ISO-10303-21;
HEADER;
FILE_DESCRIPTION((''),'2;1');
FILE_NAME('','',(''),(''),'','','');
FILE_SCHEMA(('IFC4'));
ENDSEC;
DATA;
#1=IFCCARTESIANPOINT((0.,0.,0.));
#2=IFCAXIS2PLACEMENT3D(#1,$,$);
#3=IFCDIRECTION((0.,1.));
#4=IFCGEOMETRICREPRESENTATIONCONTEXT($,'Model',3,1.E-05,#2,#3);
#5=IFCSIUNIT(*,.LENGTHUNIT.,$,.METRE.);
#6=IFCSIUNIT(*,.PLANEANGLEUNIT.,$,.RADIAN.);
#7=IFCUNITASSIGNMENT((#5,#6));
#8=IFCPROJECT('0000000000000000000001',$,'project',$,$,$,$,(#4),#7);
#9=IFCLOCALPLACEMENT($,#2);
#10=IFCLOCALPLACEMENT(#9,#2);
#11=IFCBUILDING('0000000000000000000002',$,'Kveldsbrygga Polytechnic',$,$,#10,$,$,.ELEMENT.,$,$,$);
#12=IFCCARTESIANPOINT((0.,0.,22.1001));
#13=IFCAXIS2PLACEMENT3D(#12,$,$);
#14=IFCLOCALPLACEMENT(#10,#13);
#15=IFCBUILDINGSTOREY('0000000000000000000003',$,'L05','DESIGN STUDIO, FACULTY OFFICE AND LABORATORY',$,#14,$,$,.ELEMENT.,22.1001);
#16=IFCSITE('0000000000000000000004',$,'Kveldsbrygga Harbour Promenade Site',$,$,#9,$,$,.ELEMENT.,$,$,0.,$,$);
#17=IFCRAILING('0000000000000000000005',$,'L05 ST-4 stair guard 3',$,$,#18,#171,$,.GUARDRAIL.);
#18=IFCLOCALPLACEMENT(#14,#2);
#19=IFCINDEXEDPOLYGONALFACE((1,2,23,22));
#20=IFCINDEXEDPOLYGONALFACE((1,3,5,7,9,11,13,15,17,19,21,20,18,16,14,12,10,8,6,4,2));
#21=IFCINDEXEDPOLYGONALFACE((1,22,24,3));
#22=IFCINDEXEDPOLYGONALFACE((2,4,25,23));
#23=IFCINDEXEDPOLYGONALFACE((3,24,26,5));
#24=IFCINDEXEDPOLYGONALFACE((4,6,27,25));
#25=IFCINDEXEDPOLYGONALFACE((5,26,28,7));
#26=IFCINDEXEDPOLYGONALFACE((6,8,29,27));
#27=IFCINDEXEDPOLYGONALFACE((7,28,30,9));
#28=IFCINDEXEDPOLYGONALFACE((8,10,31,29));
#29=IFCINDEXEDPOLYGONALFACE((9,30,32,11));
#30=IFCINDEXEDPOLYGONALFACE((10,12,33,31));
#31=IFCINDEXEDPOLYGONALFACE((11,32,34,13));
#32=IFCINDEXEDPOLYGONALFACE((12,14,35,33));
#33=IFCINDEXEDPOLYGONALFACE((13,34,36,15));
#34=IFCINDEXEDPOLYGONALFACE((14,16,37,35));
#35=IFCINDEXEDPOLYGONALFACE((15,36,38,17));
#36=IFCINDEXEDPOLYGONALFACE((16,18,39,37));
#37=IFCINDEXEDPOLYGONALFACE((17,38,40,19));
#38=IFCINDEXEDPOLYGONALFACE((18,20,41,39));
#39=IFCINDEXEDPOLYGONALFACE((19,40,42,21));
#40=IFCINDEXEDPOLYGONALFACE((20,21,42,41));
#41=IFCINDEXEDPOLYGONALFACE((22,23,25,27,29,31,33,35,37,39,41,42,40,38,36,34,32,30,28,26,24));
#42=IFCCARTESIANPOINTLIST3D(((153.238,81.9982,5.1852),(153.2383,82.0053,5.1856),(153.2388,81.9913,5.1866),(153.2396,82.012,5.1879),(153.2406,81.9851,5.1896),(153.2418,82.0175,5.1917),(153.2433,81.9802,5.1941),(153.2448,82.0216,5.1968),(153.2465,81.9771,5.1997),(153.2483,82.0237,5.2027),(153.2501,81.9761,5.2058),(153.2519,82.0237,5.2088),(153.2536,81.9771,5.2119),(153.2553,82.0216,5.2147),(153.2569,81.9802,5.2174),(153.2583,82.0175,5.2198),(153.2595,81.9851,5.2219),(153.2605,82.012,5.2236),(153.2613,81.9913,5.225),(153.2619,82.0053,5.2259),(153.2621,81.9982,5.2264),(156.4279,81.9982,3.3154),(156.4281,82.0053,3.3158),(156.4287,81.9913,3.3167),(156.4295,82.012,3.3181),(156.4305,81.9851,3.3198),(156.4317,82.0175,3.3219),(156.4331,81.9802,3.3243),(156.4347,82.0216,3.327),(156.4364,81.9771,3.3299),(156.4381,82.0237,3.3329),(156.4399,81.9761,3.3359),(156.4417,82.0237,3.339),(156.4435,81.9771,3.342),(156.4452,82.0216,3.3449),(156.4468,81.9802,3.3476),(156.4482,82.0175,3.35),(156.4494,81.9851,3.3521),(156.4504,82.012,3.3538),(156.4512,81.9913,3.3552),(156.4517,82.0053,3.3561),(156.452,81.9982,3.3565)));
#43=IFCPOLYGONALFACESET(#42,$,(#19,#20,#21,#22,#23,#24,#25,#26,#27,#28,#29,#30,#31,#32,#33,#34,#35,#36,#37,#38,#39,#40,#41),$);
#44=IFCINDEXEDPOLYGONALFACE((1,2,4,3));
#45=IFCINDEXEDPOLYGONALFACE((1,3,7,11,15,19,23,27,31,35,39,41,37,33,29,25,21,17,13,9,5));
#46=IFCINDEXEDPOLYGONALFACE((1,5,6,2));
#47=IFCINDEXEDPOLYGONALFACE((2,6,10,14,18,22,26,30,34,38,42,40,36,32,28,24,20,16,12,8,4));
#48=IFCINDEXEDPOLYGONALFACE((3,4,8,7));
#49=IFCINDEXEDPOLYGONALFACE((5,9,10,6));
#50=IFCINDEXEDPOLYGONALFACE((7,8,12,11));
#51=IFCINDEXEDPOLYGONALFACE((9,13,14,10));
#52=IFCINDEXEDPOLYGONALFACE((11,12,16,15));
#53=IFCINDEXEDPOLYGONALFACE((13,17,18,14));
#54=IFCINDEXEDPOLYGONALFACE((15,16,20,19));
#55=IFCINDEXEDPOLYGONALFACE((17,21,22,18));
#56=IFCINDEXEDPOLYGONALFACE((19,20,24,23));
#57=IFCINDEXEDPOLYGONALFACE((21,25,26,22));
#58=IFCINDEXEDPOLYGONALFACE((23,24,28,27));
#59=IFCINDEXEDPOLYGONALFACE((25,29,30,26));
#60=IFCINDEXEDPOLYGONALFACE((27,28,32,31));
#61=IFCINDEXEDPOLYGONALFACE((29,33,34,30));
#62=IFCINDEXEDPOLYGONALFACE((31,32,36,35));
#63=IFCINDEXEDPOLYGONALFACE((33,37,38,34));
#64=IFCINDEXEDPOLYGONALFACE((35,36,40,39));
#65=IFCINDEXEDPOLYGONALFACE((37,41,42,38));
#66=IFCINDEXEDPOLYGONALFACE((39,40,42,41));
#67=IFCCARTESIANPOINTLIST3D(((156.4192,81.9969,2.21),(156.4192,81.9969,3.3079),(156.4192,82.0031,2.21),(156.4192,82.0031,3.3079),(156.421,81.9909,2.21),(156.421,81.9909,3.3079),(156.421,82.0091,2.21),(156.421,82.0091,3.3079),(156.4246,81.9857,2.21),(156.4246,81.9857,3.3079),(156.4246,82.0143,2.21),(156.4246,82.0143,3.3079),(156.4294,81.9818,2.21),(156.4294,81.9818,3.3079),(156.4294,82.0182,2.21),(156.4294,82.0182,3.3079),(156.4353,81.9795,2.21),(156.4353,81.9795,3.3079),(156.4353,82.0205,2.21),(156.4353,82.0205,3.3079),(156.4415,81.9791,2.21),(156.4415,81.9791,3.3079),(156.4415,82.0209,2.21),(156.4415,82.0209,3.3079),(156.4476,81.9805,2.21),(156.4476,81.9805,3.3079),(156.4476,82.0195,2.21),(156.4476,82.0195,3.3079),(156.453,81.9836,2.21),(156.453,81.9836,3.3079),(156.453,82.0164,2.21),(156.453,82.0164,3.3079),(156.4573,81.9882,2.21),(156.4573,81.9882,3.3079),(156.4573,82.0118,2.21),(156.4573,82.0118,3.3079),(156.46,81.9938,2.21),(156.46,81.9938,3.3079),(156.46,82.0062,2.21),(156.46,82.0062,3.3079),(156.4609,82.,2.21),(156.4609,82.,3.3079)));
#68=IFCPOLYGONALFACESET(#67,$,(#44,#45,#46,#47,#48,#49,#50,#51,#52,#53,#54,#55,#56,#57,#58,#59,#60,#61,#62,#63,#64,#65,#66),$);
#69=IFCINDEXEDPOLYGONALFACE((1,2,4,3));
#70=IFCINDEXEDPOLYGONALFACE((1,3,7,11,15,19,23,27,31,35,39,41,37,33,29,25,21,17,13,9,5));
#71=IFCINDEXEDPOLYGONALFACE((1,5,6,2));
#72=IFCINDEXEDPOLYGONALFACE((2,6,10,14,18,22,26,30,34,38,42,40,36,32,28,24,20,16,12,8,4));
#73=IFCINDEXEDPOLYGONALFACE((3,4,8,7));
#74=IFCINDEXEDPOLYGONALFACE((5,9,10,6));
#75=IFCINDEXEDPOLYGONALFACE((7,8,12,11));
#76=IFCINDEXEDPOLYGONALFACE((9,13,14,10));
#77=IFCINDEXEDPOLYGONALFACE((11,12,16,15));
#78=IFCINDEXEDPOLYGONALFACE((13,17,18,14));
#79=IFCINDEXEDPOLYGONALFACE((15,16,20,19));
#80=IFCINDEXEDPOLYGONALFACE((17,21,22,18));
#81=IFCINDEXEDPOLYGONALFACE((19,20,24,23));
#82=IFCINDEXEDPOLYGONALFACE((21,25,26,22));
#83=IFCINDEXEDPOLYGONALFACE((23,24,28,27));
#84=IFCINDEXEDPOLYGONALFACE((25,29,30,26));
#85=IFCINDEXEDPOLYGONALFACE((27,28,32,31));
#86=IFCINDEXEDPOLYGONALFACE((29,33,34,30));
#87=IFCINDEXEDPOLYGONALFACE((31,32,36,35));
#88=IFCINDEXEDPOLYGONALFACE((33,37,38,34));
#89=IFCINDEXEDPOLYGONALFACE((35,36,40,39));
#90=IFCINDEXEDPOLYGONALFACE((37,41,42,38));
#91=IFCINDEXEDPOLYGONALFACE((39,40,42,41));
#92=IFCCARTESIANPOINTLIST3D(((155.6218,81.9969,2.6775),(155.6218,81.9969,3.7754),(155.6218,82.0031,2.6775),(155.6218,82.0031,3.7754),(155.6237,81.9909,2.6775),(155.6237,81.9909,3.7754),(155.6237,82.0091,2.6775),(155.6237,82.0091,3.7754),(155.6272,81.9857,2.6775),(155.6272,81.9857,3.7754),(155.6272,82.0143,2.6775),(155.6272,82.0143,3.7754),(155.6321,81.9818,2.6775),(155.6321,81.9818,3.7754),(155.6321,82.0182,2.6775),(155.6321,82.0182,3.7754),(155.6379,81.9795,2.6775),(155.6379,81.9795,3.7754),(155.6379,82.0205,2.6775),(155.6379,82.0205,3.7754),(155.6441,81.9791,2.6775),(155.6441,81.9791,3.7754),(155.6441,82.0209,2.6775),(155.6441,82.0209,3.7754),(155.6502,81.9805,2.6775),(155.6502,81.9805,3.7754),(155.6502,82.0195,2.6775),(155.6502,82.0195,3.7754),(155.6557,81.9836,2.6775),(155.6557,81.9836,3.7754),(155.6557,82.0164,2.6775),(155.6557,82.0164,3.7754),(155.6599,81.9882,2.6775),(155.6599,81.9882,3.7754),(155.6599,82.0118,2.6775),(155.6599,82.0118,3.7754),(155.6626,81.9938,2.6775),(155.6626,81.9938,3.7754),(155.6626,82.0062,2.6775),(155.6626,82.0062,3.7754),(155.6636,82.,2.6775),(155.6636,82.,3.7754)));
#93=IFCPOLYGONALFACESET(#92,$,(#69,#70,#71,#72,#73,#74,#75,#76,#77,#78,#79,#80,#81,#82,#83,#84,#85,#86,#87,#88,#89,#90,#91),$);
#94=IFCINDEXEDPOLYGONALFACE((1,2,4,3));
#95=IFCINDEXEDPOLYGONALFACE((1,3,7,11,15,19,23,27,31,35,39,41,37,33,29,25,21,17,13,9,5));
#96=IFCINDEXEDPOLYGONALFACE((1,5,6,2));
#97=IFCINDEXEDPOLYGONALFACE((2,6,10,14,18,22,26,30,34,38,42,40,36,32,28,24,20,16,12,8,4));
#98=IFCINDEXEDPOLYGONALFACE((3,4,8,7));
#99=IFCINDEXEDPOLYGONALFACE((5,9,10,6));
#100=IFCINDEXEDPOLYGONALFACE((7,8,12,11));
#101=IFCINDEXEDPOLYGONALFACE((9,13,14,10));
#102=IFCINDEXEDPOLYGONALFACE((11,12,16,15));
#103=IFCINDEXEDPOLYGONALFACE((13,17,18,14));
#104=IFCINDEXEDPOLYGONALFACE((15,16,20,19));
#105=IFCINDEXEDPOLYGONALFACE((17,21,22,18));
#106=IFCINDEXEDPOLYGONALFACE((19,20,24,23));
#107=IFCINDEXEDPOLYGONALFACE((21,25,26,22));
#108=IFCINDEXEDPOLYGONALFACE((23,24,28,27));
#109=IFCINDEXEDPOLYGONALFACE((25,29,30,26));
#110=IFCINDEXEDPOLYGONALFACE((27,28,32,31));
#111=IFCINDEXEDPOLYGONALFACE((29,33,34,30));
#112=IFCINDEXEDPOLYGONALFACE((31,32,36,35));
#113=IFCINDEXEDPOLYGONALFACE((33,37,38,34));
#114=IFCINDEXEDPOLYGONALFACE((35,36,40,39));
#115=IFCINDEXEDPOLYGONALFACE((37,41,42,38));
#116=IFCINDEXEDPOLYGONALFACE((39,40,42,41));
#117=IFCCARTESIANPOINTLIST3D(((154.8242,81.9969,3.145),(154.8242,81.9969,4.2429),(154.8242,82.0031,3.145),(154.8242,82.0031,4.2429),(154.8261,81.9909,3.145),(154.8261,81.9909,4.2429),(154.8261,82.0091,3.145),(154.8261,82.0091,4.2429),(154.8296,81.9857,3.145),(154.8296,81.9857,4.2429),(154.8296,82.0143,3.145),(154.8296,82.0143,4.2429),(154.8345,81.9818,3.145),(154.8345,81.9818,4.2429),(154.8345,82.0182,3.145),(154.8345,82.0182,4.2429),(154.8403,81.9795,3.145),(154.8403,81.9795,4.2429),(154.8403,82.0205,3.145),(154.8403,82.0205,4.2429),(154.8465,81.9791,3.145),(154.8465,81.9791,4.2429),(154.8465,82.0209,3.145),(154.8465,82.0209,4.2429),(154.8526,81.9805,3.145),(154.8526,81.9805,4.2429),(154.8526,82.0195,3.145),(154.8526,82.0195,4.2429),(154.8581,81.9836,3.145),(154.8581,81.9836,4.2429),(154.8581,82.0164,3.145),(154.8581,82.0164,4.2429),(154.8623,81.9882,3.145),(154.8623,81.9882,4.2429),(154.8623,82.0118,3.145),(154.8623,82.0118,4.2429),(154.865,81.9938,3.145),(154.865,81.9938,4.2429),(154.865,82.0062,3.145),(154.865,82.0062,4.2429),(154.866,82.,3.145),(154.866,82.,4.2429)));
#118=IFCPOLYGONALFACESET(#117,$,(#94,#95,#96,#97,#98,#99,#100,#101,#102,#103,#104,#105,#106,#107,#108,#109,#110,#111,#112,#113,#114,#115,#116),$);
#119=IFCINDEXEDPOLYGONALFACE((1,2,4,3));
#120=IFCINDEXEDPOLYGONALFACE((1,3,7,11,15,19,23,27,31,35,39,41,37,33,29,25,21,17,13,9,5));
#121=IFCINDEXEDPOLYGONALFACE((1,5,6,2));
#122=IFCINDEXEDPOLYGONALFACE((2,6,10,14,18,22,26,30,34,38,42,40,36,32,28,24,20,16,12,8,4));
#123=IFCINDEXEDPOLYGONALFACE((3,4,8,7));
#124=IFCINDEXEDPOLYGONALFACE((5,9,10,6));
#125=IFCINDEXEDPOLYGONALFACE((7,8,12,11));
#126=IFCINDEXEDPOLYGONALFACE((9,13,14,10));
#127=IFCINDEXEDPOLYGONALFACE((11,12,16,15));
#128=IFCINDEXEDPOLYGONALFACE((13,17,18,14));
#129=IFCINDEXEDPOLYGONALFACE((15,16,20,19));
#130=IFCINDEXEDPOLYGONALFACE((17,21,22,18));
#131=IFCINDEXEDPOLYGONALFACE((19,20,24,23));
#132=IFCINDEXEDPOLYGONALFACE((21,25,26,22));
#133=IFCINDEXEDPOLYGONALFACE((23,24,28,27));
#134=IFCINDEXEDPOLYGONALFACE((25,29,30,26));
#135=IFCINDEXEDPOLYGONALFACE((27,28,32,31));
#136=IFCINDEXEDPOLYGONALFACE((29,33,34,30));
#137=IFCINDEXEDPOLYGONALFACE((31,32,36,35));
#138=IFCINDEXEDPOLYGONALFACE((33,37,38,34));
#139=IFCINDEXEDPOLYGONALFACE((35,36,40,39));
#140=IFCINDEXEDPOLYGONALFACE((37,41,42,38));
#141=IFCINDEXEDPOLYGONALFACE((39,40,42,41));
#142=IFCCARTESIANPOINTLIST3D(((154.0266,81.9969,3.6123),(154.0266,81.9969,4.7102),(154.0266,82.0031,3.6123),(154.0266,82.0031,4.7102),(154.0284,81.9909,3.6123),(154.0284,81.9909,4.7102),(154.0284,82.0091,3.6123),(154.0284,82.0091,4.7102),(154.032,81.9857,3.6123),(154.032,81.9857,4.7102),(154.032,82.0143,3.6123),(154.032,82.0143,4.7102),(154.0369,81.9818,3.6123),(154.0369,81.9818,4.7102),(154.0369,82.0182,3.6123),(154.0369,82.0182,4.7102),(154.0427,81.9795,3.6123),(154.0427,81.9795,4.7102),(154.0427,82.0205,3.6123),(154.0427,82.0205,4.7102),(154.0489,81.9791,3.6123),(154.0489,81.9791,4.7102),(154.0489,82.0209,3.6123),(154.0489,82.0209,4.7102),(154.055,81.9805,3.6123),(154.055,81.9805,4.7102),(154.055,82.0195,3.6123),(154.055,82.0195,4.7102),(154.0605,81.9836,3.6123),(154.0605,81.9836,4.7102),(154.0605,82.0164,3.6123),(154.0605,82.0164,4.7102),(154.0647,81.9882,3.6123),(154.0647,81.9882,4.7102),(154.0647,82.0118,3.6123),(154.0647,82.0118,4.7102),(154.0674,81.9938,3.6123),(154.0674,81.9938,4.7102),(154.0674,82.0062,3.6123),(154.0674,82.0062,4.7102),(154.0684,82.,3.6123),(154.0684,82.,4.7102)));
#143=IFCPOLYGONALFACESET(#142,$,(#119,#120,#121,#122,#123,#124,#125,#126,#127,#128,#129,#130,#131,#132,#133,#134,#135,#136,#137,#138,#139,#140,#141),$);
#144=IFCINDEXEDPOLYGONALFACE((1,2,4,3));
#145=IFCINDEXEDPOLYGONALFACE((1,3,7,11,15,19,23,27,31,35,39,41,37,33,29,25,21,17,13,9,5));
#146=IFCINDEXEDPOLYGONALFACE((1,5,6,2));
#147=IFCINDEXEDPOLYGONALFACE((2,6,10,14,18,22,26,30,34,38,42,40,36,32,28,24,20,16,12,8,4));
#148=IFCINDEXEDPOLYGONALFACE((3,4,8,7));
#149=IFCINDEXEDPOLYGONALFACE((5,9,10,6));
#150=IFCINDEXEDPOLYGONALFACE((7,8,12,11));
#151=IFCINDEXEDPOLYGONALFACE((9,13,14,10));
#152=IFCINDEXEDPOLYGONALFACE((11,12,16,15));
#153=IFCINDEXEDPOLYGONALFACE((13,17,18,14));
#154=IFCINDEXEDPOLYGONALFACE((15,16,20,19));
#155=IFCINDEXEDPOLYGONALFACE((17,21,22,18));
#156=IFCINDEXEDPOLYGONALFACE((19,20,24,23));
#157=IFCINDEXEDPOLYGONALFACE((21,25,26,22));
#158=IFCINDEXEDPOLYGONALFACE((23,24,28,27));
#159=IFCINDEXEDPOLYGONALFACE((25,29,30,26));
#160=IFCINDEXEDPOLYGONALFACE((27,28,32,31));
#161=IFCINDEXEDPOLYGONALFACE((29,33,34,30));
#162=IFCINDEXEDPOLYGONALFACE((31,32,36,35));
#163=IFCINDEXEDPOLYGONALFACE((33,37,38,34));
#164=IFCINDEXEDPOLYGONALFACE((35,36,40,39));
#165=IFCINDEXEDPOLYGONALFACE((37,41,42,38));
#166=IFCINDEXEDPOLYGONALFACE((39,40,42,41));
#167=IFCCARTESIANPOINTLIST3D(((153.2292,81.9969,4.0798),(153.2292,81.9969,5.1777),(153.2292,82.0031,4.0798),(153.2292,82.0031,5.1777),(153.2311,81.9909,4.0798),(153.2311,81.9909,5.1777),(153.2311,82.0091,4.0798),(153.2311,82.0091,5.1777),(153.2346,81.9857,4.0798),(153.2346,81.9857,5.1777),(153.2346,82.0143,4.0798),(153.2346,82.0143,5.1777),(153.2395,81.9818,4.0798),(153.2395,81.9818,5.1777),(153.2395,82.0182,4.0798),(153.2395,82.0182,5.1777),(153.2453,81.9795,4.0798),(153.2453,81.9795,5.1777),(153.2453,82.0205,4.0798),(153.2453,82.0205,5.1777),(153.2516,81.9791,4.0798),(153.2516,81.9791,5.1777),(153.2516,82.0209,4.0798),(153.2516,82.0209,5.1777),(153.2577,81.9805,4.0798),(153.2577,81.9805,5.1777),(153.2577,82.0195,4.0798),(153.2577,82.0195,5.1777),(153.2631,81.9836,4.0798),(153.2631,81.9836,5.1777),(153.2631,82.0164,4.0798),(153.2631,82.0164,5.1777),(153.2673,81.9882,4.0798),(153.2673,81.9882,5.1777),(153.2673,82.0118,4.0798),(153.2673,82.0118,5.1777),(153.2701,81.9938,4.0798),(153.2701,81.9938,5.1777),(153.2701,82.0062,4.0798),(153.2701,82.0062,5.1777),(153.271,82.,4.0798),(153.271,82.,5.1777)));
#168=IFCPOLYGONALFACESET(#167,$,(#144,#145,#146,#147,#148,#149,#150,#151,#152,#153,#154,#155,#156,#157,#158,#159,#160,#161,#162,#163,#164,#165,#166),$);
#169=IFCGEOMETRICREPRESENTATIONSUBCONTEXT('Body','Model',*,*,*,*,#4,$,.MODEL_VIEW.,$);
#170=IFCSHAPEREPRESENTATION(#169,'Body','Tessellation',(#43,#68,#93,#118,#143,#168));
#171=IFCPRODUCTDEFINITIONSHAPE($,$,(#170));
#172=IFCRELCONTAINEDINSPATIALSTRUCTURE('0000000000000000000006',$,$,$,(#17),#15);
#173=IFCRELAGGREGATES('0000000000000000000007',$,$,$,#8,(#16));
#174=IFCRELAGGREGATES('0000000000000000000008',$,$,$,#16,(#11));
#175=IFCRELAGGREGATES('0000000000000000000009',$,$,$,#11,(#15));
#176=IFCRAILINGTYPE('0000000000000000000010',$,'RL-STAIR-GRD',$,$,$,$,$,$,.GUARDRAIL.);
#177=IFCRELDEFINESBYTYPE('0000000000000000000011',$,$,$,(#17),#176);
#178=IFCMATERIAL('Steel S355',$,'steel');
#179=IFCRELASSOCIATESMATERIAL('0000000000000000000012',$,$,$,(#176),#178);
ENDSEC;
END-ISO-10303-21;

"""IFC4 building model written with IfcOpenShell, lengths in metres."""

from ifc_helpers import new_model, si_unit, direction, frame, origin, origin_2d, place, context, subcontext, project, spatial, circle, extrude, material, type_object, element, save


model = new_model("IFC4")

# Units and contexts
model_context = context("Model", 3, precision=1e-05, world=origin(), true_north=direction((0.0, 1.0)))
body_context = subcontext(model_context, "Body", "Model", "MODEL_VIEW")
ifc_project = project(units=[si_unit("LENGTHUNIT", "METRE"), si_unit("PLANEANGLEUNIT", "RADIAN")], contexts=[model_context])

# Site, building, storey
site_placement = place(None, origin())
site = spatial("IfcSite", under=ifc_project, at=site_placement, Name="Kveldsbrygga Harbour Promenade Site", CompositionType="ELEMENT", RefElevation=0.0)
building_placement = place(site_placement, origin())
building = spatial("IfcBuilding", under=site, at=building_placement, Name="Kveldsbrygga Polytechnic", CompositionType="ELEMENT")
storey_placement = place(building_placement, frame((0.0, 0.0, 22.1001)))
storey = spatial("IfcBuildingStorey", under=building, at=storey_placement, Name="L05", Description="DESIGN STUDIO, FACULTY OFFICE AND LABORATORY", CompositionType="ELEMENT", Elevation=22.1001)

# Shared definitions
ifc_material_1 = material(Name="Steel S355", Category="steel")

# Railing
railing_type_1 = type_object("IfcRailingType", Name="RL-STAIR-GRD", PredefinedType="GUARDRAIL", material=ifc_material_1)
railing_1_placement = place(storey_placement, frame((156.4399, 82.0, 2.21)))
element("IfcRailing", 1, at=railing_1_placement, inside=storey, type_object=railing_type_1, Name="L05 ST-4 stair guard 3", PredefinedType="GUARDRAIL", context=body_context, shape_type="SweptSolid", body=[
    extrude(circle(Radius=0.0239, at=origin_2d()), frame((0.0, 0.0, 1.126), z_axis=(-0.862709, 0.0, 0.505701), x_axis=(0.0, -1.0, 0.0)), (0.0, 0.0, 1.0), 3.6975),
    extrude(circle(Radius=0.021, at=origin_2d()), origin(), (0.0, 0.0, 1.0), 1.0979),
    extrude(circle(Radius=0.021, at=origin_2d()), frame((-0.7974, 0.0, 0.4675)), (0.0, 0.0, 1.0), 1.0979),
    extrude(circle(Radius=0.021, at=origin_2d()), frame((-1.595, 0.0, 0.9351)), (0.0, 0.0, 1.0), 1.0979),
    extrude(circle(Radius=0.021, at=origin_2d()), frame((-2.3926, 0.0, 1.4023)), (0.0, 0.0, 1.0), 1.0979),
    extrude(circle(Radius=0.021, at=origin_2d()), frame((-3.1899, 0.0, 1.8699)), (0.0, 0.0, 1.0), 1.0979),
])

save(model, "model.ifc")
